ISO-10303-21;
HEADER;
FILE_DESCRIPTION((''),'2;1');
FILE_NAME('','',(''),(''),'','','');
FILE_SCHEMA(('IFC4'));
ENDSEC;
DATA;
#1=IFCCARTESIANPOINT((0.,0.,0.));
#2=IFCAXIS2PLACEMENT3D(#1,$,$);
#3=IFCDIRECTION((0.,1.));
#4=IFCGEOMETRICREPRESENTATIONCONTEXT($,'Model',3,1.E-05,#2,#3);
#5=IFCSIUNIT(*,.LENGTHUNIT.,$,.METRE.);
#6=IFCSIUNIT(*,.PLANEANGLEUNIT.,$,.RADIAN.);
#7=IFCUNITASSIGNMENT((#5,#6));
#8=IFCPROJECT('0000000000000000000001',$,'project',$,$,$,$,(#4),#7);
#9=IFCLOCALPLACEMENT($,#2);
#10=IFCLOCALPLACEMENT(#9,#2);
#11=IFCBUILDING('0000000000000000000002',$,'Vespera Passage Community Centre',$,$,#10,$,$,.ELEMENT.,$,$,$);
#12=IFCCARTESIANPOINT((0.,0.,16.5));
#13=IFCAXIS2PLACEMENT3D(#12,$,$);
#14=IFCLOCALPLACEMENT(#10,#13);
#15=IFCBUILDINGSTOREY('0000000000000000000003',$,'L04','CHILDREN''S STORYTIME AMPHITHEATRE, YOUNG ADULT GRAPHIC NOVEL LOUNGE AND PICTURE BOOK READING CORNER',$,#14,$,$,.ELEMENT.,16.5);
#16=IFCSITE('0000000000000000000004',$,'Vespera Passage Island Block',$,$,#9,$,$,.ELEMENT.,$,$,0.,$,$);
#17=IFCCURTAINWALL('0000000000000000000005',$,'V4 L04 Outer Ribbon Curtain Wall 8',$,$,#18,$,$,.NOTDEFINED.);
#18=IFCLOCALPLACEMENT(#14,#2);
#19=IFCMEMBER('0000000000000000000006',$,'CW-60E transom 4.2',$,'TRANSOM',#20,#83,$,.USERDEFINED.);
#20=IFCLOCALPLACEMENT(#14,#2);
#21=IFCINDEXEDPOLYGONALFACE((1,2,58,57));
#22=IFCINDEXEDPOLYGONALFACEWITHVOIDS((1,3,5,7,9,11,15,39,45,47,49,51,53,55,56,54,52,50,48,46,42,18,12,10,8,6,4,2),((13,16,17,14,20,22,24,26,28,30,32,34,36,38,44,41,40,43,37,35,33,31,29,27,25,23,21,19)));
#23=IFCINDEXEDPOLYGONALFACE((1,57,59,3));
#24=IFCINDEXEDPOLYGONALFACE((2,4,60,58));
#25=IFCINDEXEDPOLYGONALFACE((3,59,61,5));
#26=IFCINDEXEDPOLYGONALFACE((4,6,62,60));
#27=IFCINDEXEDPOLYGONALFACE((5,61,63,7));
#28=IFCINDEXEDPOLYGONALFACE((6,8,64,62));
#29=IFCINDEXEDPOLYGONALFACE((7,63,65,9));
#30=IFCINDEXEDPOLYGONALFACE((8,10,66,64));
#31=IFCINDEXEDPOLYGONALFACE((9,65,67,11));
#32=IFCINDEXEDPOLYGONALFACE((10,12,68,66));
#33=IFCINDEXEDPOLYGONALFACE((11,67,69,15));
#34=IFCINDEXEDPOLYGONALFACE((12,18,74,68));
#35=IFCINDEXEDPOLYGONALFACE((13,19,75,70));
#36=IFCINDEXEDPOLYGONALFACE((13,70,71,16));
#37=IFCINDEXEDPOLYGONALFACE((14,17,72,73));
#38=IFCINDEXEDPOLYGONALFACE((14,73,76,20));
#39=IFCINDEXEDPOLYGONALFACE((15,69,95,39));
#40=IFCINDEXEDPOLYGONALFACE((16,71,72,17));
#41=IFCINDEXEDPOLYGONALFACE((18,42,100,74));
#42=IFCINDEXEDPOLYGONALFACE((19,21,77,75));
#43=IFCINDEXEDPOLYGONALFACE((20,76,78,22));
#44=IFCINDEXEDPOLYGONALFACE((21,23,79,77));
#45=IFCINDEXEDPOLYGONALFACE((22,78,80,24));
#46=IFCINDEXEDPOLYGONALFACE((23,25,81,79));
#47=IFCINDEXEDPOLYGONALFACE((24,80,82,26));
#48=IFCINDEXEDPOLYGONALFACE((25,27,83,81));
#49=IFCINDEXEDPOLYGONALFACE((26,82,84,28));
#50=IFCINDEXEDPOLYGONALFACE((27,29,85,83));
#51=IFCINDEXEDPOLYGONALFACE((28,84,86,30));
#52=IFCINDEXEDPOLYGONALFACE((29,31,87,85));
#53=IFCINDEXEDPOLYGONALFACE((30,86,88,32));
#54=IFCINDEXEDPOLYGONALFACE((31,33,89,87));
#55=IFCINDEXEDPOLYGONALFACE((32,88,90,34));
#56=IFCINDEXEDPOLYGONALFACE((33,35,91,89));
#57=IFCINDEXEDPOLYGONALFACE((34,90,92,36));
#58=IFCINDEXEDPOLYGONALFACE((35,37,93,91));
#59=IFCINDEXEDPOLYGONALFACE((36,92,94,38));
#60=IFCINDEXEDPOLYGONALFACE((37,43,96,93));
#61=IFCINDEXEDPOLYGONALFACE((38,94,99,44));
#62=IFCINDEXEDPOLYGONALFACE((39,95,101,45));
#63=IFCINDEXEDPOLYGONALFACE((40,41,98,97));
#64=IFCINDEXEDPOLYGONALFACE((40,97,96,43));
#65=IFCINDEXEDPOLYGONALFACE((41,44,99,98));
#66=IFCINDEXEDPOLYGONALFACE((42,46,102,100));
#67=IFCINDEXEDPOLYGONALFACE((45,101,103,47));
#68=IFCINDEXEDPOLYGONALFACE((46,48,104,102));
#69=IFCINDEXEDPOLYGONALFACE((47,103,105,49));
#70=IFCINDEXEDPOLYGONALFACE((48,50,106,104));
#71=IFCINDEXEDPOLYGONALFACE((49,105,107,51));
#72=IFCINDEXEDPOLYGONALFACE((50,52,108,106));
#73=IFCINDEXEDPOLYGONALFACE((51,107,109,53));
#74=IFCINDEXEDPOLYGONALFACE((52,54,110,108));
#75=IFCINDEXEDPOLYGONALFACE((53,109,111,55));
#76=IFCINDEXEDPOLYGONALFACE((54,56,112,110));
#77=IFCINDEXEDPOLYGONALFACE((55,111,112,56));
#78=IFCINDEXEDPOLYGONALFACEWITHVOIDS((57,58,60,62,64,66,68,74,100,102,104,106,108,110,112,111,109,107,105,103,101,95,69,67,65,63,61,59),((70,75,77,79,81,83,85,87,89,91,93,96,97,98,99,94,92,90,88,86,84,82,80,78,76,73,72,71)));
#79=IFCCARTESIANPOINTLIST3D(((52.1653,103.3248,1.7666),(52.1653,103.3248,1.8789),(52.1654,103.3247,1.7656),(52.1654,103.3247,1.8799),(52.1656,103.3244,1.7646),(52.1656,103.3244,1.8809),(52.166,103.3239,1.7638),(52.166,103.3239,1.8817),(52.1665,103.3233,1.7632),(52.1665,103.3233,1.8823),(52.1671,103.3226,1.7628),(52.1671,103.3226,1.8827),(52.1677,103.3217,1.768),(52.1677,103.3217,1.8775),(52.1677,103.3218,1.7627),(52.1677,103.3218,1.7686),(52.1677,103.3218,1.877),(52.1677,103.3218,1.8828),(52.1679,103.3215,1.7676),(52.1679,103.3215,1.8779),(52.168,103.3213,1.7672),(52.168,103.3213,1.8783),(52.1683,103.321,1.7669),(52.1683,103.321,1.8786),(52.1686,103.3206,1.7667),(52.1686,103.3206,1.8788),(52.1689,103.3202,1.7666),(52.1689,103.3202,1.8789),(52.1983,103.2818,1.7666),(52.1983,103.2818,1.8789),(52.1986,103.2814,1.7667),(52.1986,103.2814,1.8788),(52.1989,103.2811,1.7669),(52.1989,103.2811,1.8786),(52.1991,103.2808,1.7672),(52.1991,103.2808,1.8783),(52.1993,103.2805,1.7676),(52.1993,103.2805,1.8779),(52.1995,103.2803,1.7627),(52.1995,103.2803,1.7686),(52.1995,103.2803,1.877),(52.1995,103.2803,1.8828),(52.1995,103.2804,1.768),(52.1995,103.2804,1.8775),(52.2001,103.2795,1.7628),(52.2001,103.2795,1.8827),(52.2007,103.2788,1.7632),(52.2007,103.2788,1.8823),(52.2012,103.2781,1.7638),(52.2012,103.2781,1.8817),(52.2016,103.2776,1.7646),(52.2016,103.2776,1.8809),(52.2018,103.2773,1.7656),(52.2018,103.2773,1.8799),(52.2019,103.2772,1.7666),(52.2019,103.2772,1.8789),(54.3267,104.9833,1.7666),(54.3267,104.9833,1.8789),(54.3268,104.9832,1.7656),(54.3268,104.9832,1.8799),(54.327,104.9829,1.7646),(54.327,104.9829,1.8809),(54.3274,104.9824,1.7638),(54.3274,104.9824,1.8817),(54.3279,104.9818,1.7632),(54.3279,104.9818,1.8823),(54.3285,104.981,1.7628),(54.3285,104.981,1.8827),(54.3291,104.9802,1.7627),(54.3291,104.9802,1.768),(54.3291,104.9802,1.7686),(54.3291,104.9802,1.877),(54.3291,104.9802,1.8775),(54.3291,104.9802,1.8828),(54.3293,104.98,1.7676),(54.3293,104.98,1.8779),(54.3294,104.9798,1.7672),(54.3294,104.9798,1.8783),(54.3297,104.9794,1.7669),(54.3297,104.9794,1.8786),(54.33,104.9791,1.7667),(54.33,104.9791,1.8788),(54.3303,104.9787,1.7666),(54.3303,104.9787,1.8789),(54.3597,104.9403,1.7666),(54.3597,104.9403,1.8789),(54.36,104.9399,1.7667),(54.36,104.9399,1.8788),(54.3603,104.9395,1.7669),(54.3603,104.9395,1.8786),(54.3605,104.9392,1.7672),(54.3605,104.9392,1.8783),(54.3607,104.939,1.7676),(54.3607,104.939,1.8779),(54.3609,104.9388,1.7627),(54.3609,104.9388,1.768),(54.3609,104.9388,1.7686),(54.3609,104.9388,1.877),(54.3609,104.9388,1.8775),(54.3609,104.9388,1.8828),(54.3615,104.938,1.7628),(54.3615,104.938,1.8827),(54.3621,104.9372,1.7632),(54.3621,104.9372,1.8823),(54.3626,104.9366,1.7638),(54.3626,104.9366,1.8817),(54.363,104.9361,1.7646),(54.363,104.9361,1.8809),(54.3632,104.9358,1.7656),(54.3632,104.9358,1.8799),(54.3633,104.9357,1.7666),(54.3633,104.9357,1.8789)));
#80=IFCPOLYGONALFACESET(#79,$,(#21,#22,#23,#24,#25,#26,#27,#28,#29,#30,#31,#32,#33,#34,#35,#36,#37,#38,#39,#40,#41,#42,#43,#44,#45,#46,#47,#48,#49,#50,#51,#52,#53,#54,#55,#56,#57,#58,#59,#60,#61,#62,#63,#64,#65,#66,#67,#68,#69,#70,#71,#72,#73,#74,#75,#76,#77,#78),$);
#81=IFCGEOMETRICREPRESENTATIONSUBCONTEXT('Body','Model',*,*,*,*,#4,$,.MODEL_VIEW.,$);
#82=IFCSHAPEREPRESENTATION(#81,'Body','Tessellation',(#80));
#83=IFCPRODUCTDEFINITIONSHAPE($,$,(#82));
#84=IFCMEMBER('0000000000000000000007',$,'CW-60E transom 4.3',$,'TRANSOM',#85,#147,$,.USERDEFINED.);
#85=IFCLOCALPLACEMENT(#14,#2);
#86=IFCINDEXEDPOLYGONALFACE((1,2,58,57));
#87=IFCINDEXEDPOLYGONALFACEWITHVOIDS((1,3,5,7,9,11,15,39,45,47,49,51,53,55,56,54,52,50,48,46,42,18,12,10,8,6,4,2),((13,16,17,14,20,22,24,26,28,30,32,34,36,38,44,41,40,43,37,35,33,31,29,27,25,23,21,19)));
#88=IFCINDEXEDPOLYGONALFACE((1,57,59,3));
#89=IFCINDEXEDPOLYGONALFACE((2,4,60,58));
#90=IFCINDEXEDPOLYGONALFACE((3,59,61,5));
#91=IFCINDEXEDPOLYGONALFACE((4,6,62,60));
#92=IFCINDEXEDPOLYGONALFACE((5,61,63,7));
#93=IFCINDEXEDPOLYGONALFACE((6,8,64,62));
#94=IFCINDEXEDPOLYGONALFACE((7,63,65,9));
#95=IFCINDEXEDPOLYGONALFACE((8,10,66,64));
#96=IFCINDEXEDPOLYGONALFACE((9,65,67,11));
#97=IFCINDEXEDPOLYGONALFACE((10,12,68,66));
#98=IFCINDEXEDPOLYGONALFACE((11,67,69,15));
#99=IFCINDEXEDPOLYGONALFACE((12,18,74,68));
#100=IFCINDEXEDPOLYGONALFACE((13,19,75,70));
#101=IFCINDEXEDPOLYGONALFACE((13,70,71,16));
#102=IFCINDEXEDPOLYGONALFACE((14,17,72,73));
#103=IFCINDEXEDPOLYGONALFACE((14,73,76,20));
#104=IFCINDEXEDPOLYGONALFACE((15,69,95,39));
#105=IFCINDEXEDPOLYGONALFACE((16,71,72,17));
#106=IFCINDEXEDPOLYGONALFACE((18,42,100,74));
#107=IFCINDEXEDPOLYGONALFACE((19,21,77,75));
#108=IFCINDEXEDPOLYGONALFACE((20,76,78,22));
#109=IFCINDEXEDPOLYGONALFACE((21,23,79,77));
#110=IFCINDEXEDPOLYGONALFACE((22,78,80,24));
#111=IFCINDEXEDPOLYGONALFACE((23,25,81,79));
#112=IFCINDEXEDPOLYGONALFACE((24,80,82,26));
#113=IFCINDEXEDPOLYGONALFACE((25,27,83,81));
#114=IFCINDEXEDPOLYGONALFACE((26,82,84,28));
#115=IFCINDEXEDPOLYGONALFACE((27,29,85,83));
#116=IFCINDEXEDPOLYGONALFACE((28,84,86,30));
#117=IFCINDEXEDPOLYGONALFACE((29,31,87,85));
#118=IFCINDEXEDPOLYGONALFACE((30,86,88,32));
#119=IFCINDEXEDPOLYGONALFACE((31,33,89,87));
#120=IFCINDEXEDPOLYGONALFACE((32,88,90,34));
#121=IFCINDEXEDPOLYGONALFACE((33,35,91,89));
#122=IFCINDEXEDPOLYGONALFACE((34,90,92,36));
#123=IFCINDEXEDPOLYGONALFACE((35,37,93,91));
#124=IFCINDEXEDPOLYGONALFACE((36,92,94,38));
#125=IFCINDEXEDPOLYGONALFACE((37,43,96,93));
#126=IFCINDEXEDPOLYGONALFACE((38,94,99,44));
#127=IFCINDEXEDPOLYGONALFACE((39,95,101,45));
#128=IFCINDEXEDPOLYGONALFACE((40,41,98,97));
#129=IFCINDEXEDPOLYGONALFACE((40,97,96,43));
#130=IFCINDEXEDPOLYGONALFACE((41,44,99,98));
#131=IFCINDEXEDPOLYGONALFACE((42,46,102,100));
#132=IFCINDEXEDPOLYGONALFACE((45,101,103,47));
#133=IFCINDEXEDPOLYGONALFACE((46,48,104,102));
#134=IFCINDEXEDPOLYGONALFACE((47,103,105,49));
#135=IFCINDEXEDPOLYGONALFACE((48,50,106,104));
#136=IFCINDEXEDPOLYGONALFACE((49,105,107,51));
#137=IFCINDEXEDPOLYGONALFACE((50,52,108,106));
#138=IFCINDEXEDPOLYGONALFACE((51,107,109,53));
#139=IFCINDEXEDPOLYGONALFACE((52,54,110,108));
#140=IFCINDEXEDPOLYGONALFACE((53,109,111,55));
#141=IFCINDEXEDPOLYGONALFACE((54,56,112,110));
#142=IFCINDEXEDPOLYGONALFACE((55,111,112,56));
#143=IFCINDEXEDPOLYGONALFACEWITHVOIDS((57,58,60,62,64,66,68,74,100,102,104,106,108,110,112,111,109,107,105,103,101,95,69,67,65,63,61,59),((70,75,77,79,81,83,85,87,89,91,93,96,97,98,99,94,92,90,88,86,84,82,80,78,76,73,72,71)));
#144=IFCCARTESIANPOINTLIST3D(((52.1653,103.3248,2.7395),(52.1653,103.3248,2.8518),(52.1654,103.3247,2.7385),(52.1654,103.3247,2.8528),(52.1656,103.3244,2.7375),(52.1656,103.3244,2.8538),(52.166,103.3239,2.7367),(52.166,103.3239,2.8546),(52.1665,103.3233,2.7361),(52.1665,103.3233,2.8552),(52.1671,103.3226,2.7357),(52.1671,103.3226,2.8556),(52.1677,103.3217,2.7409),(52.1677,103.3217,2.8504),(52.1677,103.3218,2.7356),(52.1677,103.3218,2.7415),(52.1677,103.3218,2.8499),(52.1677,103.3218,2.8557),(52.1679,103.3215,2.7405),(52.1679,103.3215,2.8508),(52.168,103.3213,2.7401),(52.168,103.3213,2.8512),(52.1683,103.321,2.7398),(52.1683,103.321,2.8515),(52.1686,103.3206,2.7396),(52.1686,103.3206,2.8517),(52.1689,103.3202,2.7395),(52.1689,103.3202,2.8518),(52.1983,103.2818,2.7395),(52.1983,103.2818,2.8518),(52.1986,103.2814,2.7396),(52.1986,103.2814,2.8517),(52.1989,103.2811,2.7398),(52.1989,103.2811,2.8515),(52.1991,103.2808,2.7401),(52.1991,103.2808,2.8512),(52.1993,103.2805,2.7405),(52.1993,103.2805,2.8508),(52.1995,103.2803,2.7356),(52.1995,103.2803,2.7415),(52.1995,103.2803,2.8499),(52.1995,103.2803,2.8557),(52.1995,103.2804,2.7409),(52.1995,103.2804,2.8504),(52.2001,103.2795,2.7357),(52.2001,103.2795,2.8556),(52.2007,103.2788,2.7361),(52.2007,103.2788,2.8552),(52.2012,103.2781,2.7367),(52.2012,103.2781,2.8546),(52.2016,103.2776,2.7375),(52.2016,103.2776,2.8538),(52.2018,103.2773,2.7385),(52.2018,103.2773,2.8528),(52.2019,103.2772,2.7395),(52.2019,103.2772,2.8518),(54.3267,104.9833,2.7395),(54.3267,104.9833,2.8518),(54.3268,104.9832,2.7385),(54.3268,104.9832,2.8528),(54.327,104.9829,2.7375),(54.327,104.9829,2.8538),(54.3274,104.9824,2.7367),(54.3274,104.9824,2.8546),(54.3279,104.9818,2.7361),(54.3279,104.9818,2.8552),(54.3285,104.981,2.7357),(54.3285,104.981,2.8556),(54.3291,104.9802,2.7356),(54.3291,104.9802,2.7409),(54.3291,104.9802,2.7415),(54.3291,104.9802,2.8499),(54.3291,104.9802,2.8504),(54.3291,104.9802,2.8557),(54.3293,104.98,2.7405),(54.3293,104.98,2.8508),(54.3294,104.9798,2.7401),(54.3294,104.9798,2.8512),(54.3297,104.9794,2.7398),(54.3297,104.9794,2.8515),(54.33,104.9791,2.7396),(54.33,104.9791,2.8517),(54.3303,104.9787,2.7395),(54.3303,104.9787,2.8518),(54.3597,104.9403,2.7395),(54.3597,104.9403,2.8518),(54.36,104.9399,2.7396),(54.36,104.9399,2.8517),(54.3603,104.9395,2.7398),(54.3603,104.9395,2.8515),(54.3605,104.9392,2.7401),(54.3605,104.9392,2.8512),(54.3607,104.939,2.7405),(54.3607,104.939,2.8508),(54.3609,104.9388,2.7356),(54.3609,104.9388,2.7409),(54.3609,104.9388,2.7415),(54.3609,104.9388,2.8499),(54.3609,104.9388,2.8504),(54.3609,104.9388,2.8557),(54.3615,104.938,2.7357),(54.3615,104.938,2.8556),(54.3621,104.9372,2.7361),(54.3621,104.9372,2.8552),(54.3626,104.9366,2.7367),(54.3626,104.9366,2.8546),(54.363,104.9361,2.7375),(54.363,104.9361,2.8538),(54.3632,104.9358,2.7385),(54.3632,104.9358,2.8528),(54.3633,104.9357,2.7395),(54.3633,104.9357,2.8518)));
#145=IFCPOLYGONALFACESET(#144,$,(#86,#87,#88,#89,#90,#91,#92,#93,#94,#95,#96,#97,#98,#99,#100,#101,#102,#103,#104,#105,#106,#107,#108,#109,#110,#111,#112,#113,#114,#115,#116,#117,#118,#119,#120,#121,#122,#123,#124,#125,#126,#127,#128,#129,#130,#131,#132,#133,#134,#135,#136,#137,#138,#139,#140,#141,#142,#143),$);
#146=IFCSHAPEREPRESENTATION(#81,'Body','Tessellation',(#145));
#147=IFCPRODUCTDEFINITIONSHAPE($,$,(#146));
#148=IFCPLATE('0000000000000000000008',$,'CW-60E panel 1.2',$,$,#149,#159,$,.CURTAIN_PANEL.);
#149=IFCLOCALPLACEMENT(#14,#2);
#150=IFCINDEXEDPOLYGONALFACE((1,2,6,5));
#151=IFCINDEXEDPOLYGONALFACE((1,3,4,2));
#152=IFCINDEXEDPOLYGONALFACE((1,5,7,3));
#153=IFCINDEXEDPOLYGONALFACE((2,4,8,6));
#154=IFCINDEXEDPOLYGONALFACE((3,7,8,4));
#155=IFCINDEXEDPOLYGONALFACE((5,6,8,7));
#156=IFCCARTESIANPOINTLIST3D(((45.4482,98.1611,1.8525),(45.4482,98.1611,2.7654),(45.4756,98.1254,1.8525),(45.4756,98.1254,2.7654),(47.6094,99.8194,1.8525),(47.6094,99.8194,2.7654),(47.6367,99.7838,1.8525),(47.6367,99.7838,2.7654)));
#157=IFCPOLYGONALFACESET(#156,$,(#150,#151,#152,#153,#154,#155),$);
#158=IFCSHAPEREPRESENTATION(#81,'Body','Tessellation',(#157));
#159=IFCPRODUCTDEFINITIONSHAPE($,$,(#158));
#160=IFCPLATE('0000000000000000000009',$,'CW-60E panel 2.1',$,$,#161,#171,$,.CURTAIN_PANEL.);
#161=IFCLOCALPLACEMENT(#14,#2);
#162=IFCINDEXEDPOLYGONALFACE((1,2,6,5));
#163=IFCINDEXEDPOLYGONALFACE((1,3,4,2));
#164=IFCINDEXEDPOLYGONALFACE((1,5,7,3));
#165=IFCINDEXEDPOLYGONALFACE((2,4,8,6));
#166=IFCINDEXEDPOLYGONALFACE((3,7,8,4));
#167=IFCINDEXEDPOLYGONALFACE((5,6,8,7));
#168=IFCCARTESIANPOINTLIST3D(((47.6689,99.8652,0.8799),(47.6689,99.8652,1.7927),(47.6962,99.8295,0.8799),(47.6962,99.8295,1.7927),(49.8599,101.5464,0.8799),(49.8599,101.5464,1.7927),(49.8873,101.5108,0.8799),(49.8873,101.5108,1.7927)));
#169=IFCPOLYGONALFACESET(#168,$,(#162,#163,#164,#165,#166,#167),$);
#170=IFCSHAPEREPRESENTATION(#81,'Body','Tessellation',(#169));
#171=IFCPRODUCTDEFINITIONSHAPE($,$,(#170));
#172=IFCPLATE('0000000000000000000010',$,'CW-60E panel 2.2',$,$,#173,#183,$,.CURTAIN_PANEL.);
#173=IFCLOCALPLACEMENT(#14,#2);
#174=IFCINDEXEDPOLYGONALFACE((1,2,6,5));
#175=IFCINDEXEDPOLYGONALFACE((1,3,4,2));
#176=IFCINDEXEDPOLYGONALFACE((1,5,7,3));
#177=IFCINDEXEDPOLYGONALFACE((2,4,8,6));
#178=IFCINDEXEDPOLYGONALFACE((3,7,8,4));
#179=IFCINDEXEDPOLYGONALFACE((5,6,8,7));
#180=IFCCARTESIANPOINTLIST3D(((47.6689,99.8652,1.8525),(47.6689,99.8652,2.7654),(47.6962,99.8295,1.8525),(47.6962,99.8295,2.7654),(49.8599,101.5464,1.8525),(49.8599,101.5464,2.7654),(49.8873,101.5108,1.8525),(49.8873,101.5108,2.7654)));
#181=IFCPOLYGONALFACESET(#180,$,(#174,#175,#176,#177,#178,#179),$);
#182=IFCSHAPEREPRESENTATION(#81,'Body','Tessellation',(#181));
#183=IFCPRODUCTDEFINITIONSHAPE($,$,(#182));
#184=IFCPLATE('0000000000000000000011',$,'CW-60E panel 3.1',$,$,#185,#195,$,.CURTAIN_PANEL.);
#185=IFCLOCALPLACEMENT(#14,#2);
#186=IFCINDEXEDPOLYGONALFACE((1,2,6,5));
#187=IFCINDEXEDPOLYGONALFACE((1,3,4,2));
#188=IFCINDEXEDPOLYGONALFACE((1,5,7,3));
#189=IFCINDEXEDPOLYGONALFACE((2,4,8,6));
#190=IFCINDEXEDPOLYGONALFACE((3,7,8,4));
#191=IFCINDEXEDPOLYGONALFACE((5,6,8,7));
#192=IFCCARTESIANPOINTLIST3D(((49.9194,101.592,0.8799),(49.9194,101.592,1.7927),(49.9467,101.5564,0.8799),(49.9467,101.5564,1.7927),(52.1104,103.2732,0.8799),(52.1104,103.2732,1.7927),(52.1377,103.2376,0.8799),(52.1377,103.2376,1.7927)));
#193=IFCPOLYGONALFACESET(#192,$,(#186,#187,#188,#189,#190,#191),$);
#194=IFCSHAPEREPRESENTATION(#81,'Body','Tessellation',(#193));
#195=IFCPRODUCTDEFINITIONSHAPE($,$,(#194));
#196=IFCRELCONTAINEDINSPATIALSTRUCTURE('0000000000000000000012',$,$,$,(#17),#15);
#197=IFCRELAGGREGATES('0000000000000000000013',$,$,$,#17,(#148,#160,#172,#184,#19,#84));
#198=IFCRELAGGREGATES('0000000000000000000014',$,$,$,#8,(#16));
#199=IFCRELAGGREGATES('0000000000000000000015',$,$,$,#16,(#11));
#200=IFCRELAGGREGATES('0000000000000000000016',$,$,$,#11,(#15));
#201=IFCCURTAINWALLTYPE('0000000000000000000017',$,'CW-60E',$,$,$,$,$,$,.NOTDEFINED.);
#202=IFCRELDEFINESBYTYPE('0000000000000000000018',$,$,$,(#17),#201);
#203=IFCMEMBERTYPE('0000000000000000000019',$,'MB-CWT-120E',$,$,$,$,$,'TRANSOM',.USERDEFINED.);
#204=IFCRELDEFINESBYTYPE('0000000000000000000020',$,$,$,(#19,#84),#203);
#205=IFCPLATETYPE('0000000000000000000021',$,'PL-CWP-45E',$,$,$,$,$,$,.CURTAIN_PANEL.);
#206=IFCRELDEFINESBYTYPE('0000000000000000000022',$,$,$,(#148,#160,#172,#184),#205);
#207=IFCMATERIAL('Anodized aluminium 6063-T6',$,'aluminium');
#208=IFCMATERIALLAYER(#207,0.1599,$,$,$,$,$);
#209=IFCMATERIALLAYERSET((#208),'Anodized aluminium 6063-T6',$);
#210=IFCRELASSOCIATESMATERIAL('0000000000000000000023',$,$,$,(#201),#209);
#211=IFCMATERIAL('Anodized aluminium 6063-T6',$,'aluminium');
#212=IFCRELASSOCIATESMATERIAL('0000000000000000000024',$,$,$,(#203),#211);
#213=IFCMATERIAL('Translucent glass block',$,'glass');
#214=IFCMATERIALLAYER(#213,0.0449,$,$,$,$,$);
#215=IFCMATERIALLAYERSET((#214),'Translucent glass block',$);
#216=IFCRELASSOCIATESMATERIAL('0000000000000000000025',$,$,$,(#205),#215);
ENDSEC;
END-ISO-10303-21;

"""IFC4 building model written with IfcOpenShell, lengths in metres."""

from ifc_helpers import new_model, si_unit, direction, frame, origin, origin_2d, place, context, subcontext, project, spatial, rectangle, hollow_rectangle, extrude, material, layer, layer_set, material_profile, profile_set, type_object, element, aggregate, save


model = new_model("IFC4")

# Units and contexts
model_context = context("Model", 3, precision=1e-05, world=origin(), true_north=direction((0.0, 1.0)))
body_context = subcontext(model_context, "Body", "Model", "MODEL_VIEW")
ifc_project = project(units=[si_unit("LENGTHUNIT", "METRE"), si_unit("PLANEANGLEUNIT", "RADIAN")], contexts=[model_context])

# Site, building, storey
site_placement = place(None, origin())
site = spatial("IfcSite", under=ifc_project, at=site_placement, Name="Vespera Passage Island Block", CompositionType="ELEMENT", RefElevation=0.0)
building_placement = place(site_placement, origin())
building = spatial("IfcBuilding", under=site, at=building_placement, Name="Vespera Passage Community Centre", CompositionType="ELEMENT")
storey_placement = place(building_placement, frame((0.0, 0.0, 16.5)))
storey = spatial("IfcBuildingStorey", under=building, at=storey_placement, Name="L04", Description="CHILDREN'S STORYTIME AMPHITHEATRE, YOUNG ADULT GRAPHIC NOVEL LOUNGE AND PICTURE BOOK READING CORNER", CompositionType="ELEMENT", Elevation=16.5)

# Curtain wall, members, plates
ifc_material_1 = material(Name="Anodized aluminium 6063-T6", Category="aluminium")
ifc_layer_1 = layer(ifc_material_1, 0.1599)
ifc_layer_set_1 = layer_set([ifc_layer_1], Name="Anodized aluminium 6063-T6")
curtain_wall_type = type_object("IfcCurtainWallType", Name="CW-60E", PredefinedType="NOTDEFINED", material=ifc_layer_set_1)
curtain_wall_placement = place(storey_placement, origin())
curtain_wall = element("IfcCurtainWall", 1, at=curtain_wall_placement, inside=storey, type_object=curtain_wall_type, Name="V4 L04 Outer Ribbon Curtain Wall 8", PredefinedType="NOTDEFINED")
ifc_material_2 = material(Name="Anodized aluminium 6063-T6", Category="aluminium")
ifc_material_profile_1 = material_profile(ifc_material_2, hollow_rectangle(XDim=0.0601, YDim=0.1201, WallThickness=0.0039, InnerFilletRadius=0.002, OuterFilletRadius=0.0039, at=origin_2d()), Name="ALU120X60X4")
ifc_profile_set_1 = profile_set([ifc_material_profile_1], Name="Anodized aluminium 6063-T6")
member_type_1 = type_object("IfcMemberType", Name="MB-CWT-120E", ElementType="TRANSOM", PredefinedType="USERDEFINED", material=ifc_profile_set_1)
member_1_placement = place(storey_placement, frame((52.1836, 103.301, 1.8228), z_axis=(0.79336, 0.608753, 0.0), x_axis=(-0.608753, 0.79336, 0.0)))
member_1 = element("IfcMember", 2, at=member_1_placement, type_object=member_type_1, Name="CW-60E transom 4.2", ObjectType="TRANSOM", PredefinedType="USERDEFINED", context=body_context, shape_type="SweptSolid", body=[
    extrude(hollow_rectangle(XDim=0.0601, YDim=0.1201, WallThickness=0.0039, InnerFilletRadius=0.002, OuterFilletRadius=0.0039, at=origin_2d()), origin(), (0.0, 0.0, 1.0), 2.7244),
])
member_2_placement = place(storey_placement, frame((52.1836, 103.301, 2.7957), z_axis=(0.79336, 0.608753, 0.0), x_axis=(-0.608753, 0.79336, 0.0)))
member_2 = element("IfcMember", 3, at=member_2_placement, type_object=member_type_1, Name="CW-60E transom 4.3", ObjectType="TRANSOM", PredefinedType="USERDEFINED", context=body_context, shape_type="SweptSolid", body=[
    extrude(hollow_rectangle(XDim=0.0601, YDim=0.1201, WallThickness=0.0039, InnerFilletRadius=0.002, OuterFilletRadius=0.0039, at=origin_2d()), origin(), (0.0, 0.0, 1.0), 2.7244),
])
ifc_material_3 = material(Name="Translucent glass block", Category="glass")
ifc_layer_2 = layer(ifc_material_3, 0.0449)
ifc_layer_set_2 = layer_set([ifc_layer_2], Name="Translucent glass block")
plate_type = type_object("IfcPlateType", Name="PL-CWP-45E", PredefinedType="CURTAIN_PANEL", material=ifc_layer_set_2)
plate_1_placement = place(storey_placement, frame((46.5425, 98.9724, 1.8525), z_axis=(0.0, 0.0, 1.0), x_axis=(0.793348, 0.608768, 0.0)))
plate_1 = element("IfcPlate", 4, at=plate_1_placement, type_object=plate_type, Name="CW-60E panel 1.2", PredefinedType="CURTAIN_PANEL", context=body_context, shape_type="SweptSolid", body=[
    extrude(rectangle(XDim=2.7241, YDim=0.0449, at=origin_2d()), origin(), (0.0, 0.0, 1.0), 0.9128),
])
plate_2_placement = place(storey_placement, frame((48.7781, 100.688, 0.8799), z_axis=(0.0, 0.0, 1.0), x_axis=(0.793348, 0.608768, 0.0)))
plate_2 = element("IfcPlate", 5, at=plate_2_placement, type_object=plate_type, Name="CW-60E panel 2.1", PredefinedType="CURTAIN_PANEL", context=body_context, shape_type="SweptSolid", body=[
    extrude(rectangle(XDim=2.7617, YDim=0.0449, at=origin_2d()), origin(), (0.0, 0.0, 1.0), 0.9128),
])
plate_3_placement = place(storey_placement, frame((48.7781, 100.688, 1.8525), z_axis=(0.0, 0.0, 1.0), x_axis=(0.793348, 0.608768, 0.0)))
plate_3 = element("IfcPlate", 6, at=plate_3_placement, type_object=plate_type, Name="CW-60E panel 2.2", PredefinedType="CURTAIN_PANEL", context=body_context, shape_type="SweptSolid", body=[
    extrude(rectangle(XDim=2.7617, YDim=0.0449, at=origin_2d()), origin(), (0.0, 0.0, 1.0), 0.9128),
])
plate_4_placement = place(storey_placement, frame((51.0286, 102.4148, 0.8799), z_axis=(0.0, 0.0, 1.0), x_axis=(0.793348, 0.608768, 0.0)))
plate_4 = element("IfcPlate", 7, at=plate_4_placement, type_object=plate_type, Name="CW-60E panel 3.1", PredefinedType="CURTAIN_PANEL", context=body_context, shape_type="SweptSolid", body=[
    extrude(rectangle(XDim=2.7617, YDim=0.0449, at=origin_2d()), origin(), (0.0, 0.0, 1.0), 0.9128),
])
aggregate(curtain_wall, [plate_1, plate_2, plate_3, plate_4, member_1, member_2])

save(model, "model.ifc")
